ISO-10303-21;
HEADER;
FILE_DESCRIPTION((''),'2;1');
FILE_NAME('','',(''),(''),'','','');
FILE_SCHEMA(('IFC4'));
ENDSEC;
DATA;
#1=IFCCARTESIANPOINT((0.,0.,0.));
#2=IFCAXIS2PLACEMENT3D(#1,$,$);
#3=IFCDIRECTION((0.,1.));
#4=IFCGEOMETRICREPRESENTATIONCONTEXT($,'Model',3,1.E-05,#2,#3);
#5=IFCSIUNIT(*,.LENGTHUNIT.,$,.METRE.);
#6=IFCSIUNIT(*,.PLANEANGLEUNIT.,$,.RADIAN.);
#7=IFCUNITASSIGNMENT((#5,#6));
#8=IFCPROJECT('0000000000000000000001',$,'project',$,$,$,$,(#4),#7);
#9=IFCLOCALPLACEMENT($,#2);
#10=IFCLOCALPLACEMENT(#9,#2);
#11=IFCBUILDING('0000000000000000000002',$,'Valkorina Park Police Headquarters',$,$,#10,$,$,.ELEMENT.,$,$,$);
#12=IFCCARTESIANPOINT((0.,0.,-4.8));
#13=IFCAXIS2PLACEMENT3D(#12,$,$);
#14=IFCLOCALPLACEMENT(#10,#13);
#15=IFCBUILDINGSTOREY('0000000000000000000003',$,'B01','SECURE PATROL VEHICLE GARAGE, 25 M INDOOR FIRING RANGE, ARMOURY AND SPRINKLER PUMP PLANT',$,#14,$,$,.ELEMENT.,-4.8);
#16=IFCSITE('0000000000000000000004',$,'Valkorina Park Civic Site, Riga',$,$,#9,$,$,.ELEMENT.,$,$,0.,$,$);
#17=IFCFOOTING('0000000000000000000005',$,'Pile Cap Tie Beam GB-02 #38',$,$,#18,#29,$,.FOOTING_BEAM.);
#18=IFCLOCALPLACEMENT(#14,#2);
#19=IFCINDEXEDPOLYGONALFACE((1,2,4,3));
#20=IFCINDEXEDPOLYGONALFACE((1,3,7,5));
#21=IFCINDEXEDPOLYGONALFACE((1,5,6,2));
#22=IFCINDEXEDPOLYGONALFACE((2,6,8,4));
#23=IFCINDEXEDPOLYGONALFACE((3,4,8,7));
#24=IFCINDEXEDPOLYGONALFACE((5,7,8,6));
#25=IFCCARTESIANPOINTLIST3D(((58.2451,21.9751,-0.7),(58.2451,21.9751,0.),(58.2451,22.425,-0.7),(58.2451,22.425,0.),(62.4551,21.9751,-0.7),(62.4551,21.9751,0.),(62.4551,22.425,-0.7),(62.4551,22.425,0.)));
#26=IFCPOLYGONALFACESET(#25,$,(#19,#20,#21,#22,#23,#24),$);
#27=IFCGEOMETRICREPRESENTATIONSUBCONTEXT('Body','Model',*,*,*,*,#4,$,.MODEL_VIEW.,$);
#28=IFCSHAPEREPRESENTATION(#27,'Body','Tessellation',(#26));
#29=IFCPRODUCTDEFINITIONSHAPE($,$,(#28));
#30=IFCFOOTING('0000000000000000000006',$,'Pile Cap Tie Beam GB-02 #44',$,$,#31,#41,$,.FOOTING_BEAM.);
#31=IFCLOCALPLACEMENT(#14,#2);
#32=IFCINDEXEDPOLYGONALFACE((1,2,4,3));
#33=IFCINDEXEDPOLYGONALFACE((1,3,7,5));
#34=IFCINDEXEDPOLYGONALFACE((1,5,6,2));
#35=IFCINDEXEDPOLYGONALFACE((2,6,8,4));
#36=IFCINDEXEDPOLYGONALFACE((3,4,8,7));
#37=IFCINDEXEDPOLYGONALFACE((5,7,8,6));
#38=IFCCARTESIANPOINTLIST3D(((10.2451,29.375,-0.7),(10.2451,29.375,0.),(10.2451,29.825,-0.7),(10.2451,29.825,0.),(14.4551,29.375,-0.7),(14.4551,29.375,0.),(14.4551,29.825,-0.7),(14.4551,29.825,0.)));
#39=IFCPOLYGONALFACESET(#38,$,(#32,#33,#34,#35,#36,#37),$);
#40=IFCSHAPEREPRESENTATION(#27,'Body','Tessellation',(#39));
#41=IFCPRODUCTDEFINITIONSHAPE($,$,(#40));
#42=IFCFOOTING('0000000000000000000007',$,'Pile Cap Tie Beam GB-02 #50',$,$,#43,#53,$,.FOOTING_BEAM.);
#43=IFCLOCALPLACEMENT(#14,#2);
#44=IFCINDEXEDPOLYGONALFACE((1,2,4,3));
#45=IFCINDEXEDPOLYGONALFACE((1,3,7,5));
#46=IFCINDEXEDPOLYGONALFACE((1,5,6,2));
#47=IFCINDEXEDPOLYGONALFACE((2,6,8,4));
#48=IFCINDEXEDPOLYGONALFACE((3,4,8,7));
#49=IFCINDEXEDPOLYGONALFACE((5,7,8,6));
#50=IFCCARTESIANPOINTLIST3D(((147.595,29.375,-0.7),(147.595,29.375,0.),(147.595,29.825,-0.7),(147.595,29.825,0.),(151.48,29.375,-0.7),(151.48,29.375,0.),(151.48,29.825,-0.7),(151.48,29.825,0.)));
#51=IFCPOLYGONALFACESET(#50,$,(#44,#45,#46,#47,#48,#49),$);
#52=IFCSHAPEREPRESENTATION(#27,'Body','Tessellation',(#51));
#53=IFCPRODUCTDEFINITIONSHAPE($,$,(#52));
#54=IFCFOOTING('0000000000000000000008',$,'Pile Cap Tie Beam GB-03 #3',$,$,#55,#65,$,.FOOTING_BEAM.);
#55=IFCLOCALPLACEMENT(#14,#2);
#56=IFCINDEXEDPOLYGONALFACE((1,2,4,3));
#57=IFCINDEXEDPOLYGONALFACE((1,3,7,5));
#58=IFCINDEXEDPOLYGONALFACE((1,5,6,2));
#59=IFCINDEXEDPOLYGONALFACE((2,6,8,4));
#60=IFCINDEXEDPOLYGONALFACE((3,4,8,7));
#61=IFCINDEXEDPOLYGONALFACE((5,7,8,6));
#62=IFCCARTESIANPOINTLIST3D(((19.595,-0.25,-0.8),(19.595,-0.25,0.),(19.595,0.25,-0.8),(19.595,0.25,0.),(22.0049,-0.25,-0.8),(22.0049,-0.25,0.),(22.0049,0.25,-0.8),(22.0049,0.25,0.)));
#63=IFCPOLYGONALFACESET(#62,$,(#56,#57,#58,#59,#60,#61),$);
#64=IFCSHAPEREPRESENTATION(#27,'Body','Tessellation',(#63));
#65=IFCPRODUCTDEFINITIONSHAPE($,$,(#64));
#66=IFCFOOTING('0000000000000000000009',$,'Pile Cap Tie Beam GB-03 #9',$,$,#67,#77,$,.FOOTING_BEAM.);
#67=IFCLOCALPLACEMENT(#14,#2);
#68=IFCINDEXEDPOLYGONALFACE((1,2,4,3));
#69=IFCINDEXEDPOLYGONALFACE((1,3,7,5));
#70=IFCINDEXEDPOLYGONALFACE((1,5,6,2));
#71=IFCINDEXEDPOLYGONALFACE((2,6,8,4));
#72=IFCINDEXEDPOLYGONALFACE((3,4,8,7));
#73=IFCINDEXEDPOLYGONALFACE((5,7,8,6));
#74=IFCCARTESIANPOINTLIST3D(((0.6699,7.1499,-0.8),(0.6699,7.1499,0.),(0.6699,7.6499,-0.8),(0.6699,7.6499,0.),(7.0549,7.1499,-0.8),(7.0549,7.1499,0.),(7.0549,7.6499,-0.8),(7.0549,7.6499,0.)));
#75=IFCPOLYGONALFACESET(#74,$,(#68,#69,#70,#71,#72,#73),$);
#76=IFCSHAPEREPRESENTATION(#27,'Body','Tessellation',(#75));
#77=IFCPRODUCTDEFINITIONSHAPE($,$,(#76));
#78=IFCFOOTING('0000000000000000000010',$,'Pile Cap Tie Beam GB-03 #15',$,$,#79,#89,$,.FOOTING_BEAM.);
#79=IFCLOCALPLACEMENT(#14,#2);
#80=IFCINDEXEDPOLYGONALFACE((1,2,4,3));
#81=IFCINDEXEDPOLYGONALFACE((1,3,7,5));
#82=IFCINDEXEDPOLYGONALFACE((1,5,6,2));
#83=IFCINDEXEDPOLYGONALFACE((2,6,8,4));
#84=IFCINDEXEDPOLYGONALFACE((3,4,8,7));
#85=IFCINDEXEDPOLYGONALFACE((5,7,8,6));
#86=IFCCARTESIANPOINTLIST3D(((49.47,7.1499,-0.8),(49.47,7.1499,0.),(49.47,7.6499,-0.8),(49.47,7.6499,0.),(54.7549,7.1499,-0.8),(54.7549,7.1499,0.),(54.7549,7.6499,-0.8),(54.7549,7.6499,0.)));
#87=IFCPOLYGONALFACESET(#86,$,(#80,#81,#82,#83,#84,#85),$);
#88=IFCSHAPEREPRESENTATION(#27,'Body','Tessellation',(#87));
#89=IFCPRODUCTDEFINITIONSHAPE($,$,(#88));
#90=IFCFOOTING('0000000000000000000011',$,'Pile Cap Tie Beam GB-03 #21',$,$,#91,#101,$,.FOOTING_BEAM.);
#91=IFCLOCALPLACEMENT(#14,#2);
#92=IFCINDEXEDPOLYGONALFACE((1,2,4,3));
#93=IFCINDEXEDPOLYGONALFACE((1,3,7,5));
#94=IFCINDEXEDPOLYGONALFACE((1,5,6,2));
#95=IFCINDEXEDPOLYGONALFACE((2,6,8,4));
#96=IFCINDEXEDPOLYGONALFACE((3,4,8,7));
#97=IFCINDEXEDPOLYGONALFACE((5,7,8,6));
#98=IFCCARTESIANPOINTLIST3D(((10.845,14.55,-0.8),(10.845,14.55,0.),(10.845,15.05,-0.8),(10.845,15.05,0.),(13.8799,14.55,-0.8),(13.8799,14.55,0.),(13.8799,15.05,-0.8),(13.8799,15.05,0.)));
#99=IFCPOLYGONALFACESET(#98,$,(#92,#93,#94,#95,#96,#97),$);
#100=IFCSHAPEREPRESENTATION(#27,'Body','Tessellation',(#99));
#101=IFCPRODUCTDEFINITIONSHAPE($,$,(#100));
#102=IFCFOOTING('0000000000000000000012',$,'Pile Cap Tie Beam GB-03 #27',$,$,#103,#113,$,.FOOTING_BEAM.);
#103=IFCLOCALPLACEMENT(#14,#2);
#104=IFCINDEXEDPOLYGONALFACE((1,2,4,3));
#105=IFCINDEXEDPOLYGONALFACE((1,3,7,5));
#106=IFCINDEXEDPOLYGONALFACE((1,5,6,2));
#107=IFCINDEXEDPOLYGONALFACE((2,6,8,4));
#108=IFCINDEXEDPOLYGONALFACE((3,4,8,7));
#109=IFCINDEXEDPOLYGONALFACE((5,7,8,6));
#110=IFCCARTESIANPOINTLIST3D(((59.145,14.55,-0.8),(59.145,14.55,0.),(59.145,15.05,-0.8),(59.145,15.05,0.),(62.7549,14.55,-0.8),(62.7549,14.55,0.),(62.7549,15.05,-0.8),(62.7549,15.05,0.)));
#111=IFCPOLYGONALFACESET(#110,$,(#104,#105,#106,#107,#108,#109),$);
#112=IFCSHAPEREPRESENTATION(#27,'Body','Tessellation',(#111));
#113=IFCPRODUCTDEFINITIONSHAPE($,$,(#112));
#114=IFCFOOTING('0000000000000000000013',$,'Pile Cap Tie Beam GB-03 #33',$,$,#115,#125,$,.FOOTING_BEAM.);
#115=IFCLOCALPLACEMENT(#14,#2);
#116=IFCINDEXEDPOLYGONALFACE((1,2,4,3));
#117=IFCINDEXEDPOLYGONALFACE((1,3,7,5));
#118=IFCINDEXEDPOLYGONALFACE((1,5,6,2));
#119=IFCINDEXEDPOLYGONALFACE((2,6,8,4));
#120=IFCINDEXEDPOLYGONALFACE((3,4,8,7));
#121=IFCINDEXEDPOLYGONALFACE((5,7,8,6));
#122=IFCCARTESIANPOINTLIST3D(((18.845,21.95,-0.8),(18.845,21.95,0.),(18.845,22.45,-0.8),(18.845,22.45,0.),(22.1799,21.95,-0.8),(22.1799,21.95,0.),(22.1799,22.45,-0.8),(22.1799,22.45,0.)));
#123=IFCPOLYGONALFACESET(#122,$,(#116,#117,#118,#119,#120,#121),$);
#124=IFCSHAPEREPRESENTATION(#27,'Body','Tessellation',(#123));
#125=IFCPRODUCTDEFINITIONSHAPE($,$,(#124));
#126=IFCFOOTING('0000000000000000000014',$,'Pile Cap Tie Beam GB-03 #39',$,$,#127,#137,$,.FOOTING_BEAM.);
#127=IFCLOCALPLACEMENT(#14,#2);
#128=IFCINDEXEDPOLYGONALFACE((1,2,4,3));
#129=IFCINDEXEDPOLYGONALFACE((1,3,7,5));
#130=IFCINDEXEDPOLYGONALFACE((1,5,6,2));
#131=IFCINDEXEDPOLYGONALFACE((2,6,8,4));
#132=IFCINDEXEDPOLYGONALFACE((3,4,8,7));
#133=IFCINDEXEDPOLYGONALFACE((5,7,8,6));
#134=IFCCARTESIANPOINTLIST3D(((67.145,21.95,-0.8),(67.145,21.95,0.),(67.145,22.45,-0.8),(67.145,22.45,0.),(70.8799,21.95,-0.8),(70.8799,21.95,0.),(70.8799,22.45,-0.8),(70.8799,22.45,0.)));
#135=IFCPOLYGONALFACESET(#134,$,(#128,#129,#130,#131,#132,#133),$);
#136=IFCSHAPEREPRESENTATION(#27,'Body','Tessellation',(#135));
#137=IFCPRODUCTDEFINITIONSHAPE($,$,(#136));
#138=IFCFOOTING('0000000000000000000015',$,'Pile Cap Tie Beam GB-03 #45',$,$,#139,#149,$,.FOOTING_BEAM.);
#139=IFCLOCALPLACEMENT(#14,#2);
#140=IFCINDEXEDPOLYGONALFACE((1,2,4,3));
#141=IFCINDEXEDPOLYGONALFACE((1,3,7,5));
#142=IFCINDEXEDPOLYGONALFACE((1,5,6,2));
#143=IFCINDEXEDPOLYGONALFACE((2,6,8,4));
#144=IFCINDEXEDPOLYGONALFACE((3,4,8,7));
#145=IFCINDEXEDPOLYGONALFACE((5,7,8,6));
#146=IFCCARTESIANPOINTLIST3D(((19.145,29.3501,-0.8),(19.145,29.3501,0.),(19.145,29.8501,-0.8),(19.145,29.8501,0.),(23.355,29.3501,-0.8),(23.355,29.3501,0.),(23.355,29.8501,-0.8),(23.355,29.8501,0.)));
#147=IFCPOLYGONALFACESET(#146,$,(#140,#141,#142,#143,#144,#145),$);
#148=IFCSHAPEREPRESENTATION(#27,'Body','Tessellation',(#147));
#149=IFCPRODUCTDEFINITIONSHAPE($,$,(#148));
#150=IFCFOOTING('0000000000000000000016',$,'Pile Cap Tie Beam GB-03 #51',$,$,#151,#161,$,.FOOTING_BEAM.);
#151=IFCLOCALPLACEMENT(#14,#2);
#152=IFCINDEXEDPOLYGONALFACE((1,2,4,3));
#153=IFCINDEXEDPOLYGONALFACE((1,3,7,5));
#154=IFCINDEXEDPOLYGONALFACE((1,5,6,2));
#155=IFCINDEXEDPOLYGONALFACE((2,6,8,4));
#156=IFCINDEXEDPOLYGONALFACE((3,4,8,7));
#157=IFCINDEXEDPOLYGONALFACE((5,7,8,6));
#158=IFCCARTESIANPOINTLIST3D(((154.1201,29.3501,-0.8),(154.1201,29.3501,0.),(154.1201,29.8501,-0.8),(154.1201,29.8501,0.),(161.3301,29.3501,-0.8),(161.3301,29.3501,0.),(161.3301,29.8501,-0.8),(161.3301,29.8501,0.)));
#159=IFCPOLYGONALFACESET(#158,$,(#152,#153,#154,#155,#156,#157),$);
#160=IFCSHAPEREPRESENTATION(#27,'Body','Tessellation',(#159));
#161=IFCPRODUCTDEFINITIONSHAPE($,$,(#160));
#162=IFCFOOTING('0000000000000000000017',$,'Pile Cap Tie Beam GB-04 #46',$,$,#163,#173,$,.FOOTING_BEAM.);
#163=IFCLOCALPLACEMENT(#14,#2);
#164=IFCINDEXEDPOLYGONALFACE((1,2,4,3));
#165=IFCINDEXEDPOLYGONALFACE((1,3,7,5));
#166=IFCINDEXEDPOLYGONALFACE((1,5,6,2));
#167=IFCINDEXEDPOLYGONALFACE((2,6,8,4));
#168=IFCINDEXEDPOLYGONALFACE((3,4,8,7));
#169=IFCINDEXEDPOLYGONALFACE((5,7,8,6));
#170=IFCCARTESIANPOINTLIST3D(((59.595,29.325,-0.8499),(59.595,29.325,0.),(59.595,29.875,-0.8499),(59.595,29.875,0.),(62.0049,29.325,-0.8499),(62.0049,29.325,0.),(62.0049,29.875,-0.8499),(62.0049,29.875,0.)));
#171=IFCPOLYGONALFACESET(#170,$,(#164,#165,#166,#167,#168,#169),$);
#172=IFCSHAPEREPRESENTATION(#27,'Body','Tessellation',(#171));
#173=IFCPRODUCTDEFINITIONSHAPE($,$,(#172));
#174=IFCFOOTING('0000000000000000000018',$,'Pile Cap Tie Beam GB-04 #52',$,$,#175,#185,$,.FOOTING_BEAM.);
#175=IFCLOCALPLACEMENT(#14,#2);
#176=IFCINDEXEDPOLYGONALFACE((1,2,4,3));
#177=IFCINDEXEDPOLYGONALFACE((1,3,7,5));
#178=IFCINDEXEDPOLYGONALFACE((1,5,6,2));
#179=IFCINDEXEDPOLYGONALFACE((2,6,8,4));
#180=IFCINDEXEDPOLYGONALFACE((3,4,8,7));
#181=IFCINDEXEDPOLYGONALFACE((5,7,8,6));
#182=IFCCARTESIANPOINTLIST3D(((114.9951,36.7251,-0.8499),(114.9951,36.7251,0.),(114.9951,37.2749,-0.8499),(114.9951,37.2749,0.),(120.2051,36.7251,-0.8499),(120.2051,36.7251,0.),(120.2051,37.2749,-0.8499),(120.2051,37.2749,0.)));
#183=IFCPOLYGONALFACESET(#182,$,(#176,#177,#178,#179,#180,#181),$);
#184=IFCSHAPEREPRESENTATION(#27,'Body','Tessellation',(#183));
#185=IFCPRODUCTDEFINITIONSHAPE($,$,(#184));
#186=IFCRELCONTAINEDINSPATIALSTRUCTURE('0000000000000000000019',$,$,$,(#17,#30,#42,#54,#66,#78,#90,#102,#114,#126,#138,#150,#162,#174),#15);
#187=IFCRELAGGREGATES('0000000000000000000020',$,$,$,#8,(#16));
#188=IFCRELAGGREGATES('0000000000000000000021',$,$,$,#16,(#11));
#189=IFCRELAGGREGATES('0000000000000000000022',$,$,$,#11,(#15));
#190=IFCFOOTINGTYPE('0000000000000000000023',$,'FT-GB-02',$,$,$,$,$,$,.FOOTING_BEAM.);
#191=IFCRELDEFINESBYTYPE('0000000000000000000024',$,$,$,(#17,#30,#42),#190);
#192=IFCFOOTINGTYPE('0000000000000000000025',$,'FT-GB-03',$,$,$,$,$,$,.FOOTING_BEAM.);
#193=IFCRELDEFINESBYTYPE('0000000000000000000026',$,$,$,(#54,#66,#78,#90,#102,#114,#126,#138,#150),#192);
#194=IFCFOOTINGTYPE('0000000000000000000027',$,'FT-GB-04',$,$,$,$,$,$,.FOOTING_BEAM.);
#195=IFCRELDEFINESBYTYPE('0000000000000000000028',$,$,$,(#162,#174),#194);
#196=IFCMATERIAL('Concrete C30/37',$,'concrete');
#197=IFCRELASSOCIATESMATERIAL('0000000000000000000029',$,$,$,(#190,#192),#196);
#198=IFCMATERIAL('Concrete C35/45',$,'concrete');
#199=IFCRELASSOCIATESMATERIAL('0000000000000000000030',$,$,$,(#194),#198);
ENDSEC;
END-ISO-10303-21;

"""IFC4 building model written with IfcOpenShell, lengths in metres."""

from ifc_helpers import new_model, si_unit, direction, frame, origin, origin_2d, place, context, subcontext, project, spatial, polyline, rectangle, outline, extrude, material, material_profile, profile_set, type_object, element, save


model = new_model("IFC4")

# Units and contexts
model_context = context("Model", 3, precision=1e-05, world=origin(), true_north=direction((0.0, 1.0)))
body_context = subcontext(model_context, "Body", "Model", "MODEL_VIEW")
ifc_project = project(units=[si_unit("LENGTHUNIT", "METRE"), si_unit("PLANEANGLEUNIT", "RADIAN")], contexts=[model_context])

# Site, building, storey
site_placement = place(None, origin())
site = spatial("IfcSite", under=ifc_project, at=site_placement, Name="Valkorina Park Civic Site, Riga", CompositionType="ELEMENT", RefElevation=0.0)
building_placement = place(site_placement, origin())
building = spatial("IfcBuilding", under=site, at=building_placement, Name="Valkorina Park Police Headquarters", CompositionType="ELEMENT")
storey_placement = place(building_placement, frame((0.0, 0.0, -4.8)))
storey = spatial("IfcBuildingStorey", under=building, at=storey_placement, Name="B01", Description="SECURE PATROL VEHICLE GARAGE, 25 M INDOOR FIRING RANGE, ARMOURY AND SPRINKLER PUMP PLANT", CompositionType="ELEMENT", Elevation=-4.8)

# Footings
ifc_material_1 = material(Name="Concrete C30/37", Category="concrete")
ifc_material_profile_1 = material_profile(ifc_material_1, rectangle(XDim=0.45, YDim=0.7, at=origin_2d()), Name="GB 450x700")
ifc_profile_set_1 = profile_set([ifc_material_profile_1], Name="Concrete C30/37")
footing_type_1 = type_object("IfcFootingType", Name="FT-GB-02", PredefinedType="FOOTING_BEAM", material=ifc_profile_set_1)
footing_1_placement = place(storey_placement, frame((0.0, 0.0, -0.7)))
element("IfcFooting", 1, at=footing_1_placement, inside=storey, type_object=footing_type_1, Name="Pile Cap Tie Beam GB-02 #38", PredefinedType="FOOTING_BEAM", context=body_context, shape_type="SweptSolid", body=[
    extrude(outline(polyline([(62.4551, 21.9751), (62.4551, 22.425), (58.2451, 22.425), (58.2451, 21.9751), (62.4551, 21.9751)])), origin(), (0.0, 0.0, 1.0), 0.7),
])
footing_2_placement = place(storey_placement, frame((0.0, 0.0, -0.7)))
element("IfcFooting", 2, at=footing_2_placement, inside=storey, type_object=footing_type_1, Name="Pile Cap Tie Beam GB-02 #44", PredefinedType="FOOTING_BEAM", context=body_context, shape_type="SweptSolid", body=[
    extrude(outline(polyline([(14.4551, 29.375), (14.4551, 29.825), (10.2451, 29.825), (10.2451, 29.375), (14.4551, 29.375)])), origin(), (0.0, 0.0, 1.0), 0.7),
])
footing_3_placement = place(storey_placement, frame((0.0, 0.0, -0.7)))
element("IfcFooting", 3, at=footing_3_placement, inside=storey, type_object=footing_type_1, Name="Pile Cap Tie Beam GB-02 #50", PredefinedType="FOOTING_BEAM", context=body_context, shape_type="SweptSolid", body=[
    extrude(outline(polyline([(151.48, 29.375), (151.48, 29.825), (147.595, 29.825), (147.595, 29.375), (151.48, 29.375)])), origin(), (0.0, 0.0, 1.0), 0.7),
])
ifc_material_profile_2 = material_profile(ifc_material_1, rectangle(XDim=0.5, YDim=0.8, at=origin_2d()), Name="GB 500x800")
ifc_profile_set_2 = profile_set([ifc_material_profile_2], Name="Concrete C30/37")
footing_type_2 = type_object("IfcFootingType", Name="FT-GB-03", PredefinedType="FOOTING_BEAM", material=ifc_profile_set_2)
footing_4_placement = place(storey_placement, frame((0.0, 0.0, -0.8)))
element("IfcFooting", 4, at=footing_4_placement, inside=storey, type_object=footing_type_2, Name="Pile Cap Tie Beam GB-03 #3", PredefinedType="FOOTING_BEAM", context=body_context, shape_type="SweptSolid", body=[
    extrude(outline(polyline([(22.0049, -0.25), (22.0049, 0.25), (19.595, 0.25), (19.595, -0.25), (22.0049, -0.25)])), origin(), (0.0, 0.0, 1.0), 0.8),
])
footing_5_placement = place(storey_placement, frame((0.0, 0.0, -0.8)))
element("IfcFooting", 5, at=footing_5_placement, inside=storey, type_object=footing_type_2, Name="Pile Cap Tie Beam GB-03 #9", PredefinedType="FOOTING_BEAM", context=body_context, shape_type="SweptSolid", body=[
    extrude(outline(polyline([(7.0549, 7.1499), (7.0549, 7.6499), (0.6699, 7.6499), (0.6699, 7.1499), (7.0549, 7.1499)])), origin(), (0.0, 0.0, 1.0), 0.8),
])
footing_6_placement = place(storey_placement, frame((0.0, 0.0, -0.8)))
element("IfcFooting", 6, at=footing_6_placement, inside=storey, type_object=footing_type_2, Name="Pile Cap Tie Beam GB-03 #15", PredefinedType="FOOTING_BEAM", context=body_context, shape_type="SweptSolid", body=[
    extrude(outline(polyline([(54.7549, 7.1499), (54.7549, 7.6499), (49.47, 7.6499), (49.47, 7.1499), (54.7549, 7.1499)])), origin(), (0.0, 0.0, 1.0), 0.8),
])
footing_7_placement = place(storey_placement, frame((0.0, 0.0, -0.8)))
element("IfcFooting", 7, at=footing_7_placement, inside=storey, type_object=footing_type_2, Name="Pile Cap Tie Beam GB-03 #21", PredefinedType="FOOTING_BEAM", context=body_context, shape_type="SweptSolid", body=[
    extrude(outline(polyline([(13.8799, 14.55), (13.8799, 15.05), (10.845, 15.05), (10.845, 14.55), (13.8799, 14.55)])), origin(), (0.0, 0.0, 1.0), 0.8),
])
footing_8_placement = place(storey_placement, frame((0.0, 0.0, -0.8)))
element("IfcFooting", 8, at=footing_8_placement, inside=storey, type_object=footing_type_2, Name="Pile Cap Tie Beam GB-03 #27", PredefinedType="FOOTING_BEAM", context=body_context, shape_type="SweptSolid", body=[
    extrude(outline(polyline([(62.7549, 14.55), (62.7549, 15.05), (59.145, 15.05), (59.145, 14.55), (62.7549, 14.55)])), origin(), (0.0, 0.0, 1.0), 0.8),
])
footing_9_placement = place(storey_placement, frame((0.0, 0.0, -0.8)))
element("IfcFooting", 9, at=footing_9_placement, inside=storey, type_object=footing_type_2, Name="Pile Cap Tie Beam GB-03 #33", PredefinedType="FOOTING_BEAM", context=body_context, shape_type="SweptSolid", body=[
    extrude(outline(polyline([(22.1799, 21.95), (22.1799, 22.45), (18.845, 22.45), (18.845, 21.95), (22.1799, 21.95)])), origin(), (0.0, 0.0, 1.0), 0.8),
])
footing_10_placement = place(storey_placement, frame((0.0, 0.0, -0.8)))
element("IfcFooting", 10, at=footing_10_placement, inside=storey, type_object=footing_type_2, Name="Pile Cap Tie Beam GB-03 #39", PredefinedType="FOOTING_BEAM", context=body_context, shape_type="SweptSolid", body=[
    extrude(outline(polyline([(70.8799, 21.95), (70.8799, 22.45), (67.145, 22.45), (67.145, 21.95), (70.8799, 21.95)])), origin(), (0.0, 0.0, 1.0), 0.8),
])
footing_11_placement = place(storey_placement, frame((0.0, 0.0, -0.8)))
element("IfcFooting", 11, at=footing_11_placement, inside=storey, type_object=footing_type_2, Name="Pile Cap Tie Beam GB-03 #45", PredefinedType="FOOTING_BEAM", context=body_context, shape_type="SweptSolid", body=[
    extrude(outline(polyline([(23.355, 29.3501), (23.355, 29.8501), (19.145, 29.8501), (19.145, 29.3501), (23.355, 29.3501)])), origin(), (0.0, 0.0, 1.0), 0.8),
])
footing_12_placement = place(storey_placement, frame((0.0, 0.0, -0.8)))
element("IfcFooting", 12, at=footing_12_placement, inside=storey, type_object=footing_type_2, Name="Pile Cap Tie Beam GB-03 #51", PredefinedType="FOOTING_BEAM", context=body_context, shape_type="SweptSolid", body=[
    extrude(outline(polyline([(161.3301, 29.3501), (161.3301, 29.8501), (154.1201, 29.8501), (154.1201, 29.3501), (161.3301, 29.3501)])), origin(), (0.0, 0.0, 1.0), 0.8),
])
ifc_material_2 = material(Name="Concrete C35/45", Category="concrete")
ifc_material_profile_3 = material_profile(ifc_material_2, rectangle(XDim=0.55, YDim=0.8501, at=origin_2d()), Name="GB 550x850")
ifc_profile_set_3 = profile_set([ifc_material_profile_3], Name="Concrete C35/45")
footing_type_3 = type_object("IfcFootingType", Name="FT-GB-04", PredefinedType="FOOTING_BEAM", material=ifc_profile_set_3)
footing_13_placement = place(storey_placement, frame((0.0, 0.0, -0.8499)))
element("IfcFooting", 13, at=footing_13_placement, inside=storey, type_object=footing_type_3, Name="Pile Cap Tie Beam GB-04 #46", PredefinedType="FOOTING_BEAM", context=body_context, shape_type="SweptSolid", body=[
    extrude(outline(polyline([(62.0049, 29.325), (62.0049, 29.875), (59.595, 29.875), (59.595, 29.325), (62.0049, 29.325)])), origin(), (0.0, 0.0, 1.0), 0.8499),
])
footing_14_placement = place(storey_placement, frame((0.0, 0.0, -0.8499)))
element("IfcFooting", 14, at=footing_14_placement, inside=storey, type_object=footing_type_3, Name="Pile Cap Tie Beam GB-04 #52", PredefinedType="FOOTING_BEAM", context=body_context, shape_type="SweptSolid", body=[
    extrude(outline(polyline([(120.2051, 36.7251), (120.2051, 37.2749), (114.9951, 37.2749), (114.9951, 36.7251), (120.2051, 36.7251)])), origin(), (0.0, 0.0, 1.0), 0.8499),
])

save(model, "model.ifc")
